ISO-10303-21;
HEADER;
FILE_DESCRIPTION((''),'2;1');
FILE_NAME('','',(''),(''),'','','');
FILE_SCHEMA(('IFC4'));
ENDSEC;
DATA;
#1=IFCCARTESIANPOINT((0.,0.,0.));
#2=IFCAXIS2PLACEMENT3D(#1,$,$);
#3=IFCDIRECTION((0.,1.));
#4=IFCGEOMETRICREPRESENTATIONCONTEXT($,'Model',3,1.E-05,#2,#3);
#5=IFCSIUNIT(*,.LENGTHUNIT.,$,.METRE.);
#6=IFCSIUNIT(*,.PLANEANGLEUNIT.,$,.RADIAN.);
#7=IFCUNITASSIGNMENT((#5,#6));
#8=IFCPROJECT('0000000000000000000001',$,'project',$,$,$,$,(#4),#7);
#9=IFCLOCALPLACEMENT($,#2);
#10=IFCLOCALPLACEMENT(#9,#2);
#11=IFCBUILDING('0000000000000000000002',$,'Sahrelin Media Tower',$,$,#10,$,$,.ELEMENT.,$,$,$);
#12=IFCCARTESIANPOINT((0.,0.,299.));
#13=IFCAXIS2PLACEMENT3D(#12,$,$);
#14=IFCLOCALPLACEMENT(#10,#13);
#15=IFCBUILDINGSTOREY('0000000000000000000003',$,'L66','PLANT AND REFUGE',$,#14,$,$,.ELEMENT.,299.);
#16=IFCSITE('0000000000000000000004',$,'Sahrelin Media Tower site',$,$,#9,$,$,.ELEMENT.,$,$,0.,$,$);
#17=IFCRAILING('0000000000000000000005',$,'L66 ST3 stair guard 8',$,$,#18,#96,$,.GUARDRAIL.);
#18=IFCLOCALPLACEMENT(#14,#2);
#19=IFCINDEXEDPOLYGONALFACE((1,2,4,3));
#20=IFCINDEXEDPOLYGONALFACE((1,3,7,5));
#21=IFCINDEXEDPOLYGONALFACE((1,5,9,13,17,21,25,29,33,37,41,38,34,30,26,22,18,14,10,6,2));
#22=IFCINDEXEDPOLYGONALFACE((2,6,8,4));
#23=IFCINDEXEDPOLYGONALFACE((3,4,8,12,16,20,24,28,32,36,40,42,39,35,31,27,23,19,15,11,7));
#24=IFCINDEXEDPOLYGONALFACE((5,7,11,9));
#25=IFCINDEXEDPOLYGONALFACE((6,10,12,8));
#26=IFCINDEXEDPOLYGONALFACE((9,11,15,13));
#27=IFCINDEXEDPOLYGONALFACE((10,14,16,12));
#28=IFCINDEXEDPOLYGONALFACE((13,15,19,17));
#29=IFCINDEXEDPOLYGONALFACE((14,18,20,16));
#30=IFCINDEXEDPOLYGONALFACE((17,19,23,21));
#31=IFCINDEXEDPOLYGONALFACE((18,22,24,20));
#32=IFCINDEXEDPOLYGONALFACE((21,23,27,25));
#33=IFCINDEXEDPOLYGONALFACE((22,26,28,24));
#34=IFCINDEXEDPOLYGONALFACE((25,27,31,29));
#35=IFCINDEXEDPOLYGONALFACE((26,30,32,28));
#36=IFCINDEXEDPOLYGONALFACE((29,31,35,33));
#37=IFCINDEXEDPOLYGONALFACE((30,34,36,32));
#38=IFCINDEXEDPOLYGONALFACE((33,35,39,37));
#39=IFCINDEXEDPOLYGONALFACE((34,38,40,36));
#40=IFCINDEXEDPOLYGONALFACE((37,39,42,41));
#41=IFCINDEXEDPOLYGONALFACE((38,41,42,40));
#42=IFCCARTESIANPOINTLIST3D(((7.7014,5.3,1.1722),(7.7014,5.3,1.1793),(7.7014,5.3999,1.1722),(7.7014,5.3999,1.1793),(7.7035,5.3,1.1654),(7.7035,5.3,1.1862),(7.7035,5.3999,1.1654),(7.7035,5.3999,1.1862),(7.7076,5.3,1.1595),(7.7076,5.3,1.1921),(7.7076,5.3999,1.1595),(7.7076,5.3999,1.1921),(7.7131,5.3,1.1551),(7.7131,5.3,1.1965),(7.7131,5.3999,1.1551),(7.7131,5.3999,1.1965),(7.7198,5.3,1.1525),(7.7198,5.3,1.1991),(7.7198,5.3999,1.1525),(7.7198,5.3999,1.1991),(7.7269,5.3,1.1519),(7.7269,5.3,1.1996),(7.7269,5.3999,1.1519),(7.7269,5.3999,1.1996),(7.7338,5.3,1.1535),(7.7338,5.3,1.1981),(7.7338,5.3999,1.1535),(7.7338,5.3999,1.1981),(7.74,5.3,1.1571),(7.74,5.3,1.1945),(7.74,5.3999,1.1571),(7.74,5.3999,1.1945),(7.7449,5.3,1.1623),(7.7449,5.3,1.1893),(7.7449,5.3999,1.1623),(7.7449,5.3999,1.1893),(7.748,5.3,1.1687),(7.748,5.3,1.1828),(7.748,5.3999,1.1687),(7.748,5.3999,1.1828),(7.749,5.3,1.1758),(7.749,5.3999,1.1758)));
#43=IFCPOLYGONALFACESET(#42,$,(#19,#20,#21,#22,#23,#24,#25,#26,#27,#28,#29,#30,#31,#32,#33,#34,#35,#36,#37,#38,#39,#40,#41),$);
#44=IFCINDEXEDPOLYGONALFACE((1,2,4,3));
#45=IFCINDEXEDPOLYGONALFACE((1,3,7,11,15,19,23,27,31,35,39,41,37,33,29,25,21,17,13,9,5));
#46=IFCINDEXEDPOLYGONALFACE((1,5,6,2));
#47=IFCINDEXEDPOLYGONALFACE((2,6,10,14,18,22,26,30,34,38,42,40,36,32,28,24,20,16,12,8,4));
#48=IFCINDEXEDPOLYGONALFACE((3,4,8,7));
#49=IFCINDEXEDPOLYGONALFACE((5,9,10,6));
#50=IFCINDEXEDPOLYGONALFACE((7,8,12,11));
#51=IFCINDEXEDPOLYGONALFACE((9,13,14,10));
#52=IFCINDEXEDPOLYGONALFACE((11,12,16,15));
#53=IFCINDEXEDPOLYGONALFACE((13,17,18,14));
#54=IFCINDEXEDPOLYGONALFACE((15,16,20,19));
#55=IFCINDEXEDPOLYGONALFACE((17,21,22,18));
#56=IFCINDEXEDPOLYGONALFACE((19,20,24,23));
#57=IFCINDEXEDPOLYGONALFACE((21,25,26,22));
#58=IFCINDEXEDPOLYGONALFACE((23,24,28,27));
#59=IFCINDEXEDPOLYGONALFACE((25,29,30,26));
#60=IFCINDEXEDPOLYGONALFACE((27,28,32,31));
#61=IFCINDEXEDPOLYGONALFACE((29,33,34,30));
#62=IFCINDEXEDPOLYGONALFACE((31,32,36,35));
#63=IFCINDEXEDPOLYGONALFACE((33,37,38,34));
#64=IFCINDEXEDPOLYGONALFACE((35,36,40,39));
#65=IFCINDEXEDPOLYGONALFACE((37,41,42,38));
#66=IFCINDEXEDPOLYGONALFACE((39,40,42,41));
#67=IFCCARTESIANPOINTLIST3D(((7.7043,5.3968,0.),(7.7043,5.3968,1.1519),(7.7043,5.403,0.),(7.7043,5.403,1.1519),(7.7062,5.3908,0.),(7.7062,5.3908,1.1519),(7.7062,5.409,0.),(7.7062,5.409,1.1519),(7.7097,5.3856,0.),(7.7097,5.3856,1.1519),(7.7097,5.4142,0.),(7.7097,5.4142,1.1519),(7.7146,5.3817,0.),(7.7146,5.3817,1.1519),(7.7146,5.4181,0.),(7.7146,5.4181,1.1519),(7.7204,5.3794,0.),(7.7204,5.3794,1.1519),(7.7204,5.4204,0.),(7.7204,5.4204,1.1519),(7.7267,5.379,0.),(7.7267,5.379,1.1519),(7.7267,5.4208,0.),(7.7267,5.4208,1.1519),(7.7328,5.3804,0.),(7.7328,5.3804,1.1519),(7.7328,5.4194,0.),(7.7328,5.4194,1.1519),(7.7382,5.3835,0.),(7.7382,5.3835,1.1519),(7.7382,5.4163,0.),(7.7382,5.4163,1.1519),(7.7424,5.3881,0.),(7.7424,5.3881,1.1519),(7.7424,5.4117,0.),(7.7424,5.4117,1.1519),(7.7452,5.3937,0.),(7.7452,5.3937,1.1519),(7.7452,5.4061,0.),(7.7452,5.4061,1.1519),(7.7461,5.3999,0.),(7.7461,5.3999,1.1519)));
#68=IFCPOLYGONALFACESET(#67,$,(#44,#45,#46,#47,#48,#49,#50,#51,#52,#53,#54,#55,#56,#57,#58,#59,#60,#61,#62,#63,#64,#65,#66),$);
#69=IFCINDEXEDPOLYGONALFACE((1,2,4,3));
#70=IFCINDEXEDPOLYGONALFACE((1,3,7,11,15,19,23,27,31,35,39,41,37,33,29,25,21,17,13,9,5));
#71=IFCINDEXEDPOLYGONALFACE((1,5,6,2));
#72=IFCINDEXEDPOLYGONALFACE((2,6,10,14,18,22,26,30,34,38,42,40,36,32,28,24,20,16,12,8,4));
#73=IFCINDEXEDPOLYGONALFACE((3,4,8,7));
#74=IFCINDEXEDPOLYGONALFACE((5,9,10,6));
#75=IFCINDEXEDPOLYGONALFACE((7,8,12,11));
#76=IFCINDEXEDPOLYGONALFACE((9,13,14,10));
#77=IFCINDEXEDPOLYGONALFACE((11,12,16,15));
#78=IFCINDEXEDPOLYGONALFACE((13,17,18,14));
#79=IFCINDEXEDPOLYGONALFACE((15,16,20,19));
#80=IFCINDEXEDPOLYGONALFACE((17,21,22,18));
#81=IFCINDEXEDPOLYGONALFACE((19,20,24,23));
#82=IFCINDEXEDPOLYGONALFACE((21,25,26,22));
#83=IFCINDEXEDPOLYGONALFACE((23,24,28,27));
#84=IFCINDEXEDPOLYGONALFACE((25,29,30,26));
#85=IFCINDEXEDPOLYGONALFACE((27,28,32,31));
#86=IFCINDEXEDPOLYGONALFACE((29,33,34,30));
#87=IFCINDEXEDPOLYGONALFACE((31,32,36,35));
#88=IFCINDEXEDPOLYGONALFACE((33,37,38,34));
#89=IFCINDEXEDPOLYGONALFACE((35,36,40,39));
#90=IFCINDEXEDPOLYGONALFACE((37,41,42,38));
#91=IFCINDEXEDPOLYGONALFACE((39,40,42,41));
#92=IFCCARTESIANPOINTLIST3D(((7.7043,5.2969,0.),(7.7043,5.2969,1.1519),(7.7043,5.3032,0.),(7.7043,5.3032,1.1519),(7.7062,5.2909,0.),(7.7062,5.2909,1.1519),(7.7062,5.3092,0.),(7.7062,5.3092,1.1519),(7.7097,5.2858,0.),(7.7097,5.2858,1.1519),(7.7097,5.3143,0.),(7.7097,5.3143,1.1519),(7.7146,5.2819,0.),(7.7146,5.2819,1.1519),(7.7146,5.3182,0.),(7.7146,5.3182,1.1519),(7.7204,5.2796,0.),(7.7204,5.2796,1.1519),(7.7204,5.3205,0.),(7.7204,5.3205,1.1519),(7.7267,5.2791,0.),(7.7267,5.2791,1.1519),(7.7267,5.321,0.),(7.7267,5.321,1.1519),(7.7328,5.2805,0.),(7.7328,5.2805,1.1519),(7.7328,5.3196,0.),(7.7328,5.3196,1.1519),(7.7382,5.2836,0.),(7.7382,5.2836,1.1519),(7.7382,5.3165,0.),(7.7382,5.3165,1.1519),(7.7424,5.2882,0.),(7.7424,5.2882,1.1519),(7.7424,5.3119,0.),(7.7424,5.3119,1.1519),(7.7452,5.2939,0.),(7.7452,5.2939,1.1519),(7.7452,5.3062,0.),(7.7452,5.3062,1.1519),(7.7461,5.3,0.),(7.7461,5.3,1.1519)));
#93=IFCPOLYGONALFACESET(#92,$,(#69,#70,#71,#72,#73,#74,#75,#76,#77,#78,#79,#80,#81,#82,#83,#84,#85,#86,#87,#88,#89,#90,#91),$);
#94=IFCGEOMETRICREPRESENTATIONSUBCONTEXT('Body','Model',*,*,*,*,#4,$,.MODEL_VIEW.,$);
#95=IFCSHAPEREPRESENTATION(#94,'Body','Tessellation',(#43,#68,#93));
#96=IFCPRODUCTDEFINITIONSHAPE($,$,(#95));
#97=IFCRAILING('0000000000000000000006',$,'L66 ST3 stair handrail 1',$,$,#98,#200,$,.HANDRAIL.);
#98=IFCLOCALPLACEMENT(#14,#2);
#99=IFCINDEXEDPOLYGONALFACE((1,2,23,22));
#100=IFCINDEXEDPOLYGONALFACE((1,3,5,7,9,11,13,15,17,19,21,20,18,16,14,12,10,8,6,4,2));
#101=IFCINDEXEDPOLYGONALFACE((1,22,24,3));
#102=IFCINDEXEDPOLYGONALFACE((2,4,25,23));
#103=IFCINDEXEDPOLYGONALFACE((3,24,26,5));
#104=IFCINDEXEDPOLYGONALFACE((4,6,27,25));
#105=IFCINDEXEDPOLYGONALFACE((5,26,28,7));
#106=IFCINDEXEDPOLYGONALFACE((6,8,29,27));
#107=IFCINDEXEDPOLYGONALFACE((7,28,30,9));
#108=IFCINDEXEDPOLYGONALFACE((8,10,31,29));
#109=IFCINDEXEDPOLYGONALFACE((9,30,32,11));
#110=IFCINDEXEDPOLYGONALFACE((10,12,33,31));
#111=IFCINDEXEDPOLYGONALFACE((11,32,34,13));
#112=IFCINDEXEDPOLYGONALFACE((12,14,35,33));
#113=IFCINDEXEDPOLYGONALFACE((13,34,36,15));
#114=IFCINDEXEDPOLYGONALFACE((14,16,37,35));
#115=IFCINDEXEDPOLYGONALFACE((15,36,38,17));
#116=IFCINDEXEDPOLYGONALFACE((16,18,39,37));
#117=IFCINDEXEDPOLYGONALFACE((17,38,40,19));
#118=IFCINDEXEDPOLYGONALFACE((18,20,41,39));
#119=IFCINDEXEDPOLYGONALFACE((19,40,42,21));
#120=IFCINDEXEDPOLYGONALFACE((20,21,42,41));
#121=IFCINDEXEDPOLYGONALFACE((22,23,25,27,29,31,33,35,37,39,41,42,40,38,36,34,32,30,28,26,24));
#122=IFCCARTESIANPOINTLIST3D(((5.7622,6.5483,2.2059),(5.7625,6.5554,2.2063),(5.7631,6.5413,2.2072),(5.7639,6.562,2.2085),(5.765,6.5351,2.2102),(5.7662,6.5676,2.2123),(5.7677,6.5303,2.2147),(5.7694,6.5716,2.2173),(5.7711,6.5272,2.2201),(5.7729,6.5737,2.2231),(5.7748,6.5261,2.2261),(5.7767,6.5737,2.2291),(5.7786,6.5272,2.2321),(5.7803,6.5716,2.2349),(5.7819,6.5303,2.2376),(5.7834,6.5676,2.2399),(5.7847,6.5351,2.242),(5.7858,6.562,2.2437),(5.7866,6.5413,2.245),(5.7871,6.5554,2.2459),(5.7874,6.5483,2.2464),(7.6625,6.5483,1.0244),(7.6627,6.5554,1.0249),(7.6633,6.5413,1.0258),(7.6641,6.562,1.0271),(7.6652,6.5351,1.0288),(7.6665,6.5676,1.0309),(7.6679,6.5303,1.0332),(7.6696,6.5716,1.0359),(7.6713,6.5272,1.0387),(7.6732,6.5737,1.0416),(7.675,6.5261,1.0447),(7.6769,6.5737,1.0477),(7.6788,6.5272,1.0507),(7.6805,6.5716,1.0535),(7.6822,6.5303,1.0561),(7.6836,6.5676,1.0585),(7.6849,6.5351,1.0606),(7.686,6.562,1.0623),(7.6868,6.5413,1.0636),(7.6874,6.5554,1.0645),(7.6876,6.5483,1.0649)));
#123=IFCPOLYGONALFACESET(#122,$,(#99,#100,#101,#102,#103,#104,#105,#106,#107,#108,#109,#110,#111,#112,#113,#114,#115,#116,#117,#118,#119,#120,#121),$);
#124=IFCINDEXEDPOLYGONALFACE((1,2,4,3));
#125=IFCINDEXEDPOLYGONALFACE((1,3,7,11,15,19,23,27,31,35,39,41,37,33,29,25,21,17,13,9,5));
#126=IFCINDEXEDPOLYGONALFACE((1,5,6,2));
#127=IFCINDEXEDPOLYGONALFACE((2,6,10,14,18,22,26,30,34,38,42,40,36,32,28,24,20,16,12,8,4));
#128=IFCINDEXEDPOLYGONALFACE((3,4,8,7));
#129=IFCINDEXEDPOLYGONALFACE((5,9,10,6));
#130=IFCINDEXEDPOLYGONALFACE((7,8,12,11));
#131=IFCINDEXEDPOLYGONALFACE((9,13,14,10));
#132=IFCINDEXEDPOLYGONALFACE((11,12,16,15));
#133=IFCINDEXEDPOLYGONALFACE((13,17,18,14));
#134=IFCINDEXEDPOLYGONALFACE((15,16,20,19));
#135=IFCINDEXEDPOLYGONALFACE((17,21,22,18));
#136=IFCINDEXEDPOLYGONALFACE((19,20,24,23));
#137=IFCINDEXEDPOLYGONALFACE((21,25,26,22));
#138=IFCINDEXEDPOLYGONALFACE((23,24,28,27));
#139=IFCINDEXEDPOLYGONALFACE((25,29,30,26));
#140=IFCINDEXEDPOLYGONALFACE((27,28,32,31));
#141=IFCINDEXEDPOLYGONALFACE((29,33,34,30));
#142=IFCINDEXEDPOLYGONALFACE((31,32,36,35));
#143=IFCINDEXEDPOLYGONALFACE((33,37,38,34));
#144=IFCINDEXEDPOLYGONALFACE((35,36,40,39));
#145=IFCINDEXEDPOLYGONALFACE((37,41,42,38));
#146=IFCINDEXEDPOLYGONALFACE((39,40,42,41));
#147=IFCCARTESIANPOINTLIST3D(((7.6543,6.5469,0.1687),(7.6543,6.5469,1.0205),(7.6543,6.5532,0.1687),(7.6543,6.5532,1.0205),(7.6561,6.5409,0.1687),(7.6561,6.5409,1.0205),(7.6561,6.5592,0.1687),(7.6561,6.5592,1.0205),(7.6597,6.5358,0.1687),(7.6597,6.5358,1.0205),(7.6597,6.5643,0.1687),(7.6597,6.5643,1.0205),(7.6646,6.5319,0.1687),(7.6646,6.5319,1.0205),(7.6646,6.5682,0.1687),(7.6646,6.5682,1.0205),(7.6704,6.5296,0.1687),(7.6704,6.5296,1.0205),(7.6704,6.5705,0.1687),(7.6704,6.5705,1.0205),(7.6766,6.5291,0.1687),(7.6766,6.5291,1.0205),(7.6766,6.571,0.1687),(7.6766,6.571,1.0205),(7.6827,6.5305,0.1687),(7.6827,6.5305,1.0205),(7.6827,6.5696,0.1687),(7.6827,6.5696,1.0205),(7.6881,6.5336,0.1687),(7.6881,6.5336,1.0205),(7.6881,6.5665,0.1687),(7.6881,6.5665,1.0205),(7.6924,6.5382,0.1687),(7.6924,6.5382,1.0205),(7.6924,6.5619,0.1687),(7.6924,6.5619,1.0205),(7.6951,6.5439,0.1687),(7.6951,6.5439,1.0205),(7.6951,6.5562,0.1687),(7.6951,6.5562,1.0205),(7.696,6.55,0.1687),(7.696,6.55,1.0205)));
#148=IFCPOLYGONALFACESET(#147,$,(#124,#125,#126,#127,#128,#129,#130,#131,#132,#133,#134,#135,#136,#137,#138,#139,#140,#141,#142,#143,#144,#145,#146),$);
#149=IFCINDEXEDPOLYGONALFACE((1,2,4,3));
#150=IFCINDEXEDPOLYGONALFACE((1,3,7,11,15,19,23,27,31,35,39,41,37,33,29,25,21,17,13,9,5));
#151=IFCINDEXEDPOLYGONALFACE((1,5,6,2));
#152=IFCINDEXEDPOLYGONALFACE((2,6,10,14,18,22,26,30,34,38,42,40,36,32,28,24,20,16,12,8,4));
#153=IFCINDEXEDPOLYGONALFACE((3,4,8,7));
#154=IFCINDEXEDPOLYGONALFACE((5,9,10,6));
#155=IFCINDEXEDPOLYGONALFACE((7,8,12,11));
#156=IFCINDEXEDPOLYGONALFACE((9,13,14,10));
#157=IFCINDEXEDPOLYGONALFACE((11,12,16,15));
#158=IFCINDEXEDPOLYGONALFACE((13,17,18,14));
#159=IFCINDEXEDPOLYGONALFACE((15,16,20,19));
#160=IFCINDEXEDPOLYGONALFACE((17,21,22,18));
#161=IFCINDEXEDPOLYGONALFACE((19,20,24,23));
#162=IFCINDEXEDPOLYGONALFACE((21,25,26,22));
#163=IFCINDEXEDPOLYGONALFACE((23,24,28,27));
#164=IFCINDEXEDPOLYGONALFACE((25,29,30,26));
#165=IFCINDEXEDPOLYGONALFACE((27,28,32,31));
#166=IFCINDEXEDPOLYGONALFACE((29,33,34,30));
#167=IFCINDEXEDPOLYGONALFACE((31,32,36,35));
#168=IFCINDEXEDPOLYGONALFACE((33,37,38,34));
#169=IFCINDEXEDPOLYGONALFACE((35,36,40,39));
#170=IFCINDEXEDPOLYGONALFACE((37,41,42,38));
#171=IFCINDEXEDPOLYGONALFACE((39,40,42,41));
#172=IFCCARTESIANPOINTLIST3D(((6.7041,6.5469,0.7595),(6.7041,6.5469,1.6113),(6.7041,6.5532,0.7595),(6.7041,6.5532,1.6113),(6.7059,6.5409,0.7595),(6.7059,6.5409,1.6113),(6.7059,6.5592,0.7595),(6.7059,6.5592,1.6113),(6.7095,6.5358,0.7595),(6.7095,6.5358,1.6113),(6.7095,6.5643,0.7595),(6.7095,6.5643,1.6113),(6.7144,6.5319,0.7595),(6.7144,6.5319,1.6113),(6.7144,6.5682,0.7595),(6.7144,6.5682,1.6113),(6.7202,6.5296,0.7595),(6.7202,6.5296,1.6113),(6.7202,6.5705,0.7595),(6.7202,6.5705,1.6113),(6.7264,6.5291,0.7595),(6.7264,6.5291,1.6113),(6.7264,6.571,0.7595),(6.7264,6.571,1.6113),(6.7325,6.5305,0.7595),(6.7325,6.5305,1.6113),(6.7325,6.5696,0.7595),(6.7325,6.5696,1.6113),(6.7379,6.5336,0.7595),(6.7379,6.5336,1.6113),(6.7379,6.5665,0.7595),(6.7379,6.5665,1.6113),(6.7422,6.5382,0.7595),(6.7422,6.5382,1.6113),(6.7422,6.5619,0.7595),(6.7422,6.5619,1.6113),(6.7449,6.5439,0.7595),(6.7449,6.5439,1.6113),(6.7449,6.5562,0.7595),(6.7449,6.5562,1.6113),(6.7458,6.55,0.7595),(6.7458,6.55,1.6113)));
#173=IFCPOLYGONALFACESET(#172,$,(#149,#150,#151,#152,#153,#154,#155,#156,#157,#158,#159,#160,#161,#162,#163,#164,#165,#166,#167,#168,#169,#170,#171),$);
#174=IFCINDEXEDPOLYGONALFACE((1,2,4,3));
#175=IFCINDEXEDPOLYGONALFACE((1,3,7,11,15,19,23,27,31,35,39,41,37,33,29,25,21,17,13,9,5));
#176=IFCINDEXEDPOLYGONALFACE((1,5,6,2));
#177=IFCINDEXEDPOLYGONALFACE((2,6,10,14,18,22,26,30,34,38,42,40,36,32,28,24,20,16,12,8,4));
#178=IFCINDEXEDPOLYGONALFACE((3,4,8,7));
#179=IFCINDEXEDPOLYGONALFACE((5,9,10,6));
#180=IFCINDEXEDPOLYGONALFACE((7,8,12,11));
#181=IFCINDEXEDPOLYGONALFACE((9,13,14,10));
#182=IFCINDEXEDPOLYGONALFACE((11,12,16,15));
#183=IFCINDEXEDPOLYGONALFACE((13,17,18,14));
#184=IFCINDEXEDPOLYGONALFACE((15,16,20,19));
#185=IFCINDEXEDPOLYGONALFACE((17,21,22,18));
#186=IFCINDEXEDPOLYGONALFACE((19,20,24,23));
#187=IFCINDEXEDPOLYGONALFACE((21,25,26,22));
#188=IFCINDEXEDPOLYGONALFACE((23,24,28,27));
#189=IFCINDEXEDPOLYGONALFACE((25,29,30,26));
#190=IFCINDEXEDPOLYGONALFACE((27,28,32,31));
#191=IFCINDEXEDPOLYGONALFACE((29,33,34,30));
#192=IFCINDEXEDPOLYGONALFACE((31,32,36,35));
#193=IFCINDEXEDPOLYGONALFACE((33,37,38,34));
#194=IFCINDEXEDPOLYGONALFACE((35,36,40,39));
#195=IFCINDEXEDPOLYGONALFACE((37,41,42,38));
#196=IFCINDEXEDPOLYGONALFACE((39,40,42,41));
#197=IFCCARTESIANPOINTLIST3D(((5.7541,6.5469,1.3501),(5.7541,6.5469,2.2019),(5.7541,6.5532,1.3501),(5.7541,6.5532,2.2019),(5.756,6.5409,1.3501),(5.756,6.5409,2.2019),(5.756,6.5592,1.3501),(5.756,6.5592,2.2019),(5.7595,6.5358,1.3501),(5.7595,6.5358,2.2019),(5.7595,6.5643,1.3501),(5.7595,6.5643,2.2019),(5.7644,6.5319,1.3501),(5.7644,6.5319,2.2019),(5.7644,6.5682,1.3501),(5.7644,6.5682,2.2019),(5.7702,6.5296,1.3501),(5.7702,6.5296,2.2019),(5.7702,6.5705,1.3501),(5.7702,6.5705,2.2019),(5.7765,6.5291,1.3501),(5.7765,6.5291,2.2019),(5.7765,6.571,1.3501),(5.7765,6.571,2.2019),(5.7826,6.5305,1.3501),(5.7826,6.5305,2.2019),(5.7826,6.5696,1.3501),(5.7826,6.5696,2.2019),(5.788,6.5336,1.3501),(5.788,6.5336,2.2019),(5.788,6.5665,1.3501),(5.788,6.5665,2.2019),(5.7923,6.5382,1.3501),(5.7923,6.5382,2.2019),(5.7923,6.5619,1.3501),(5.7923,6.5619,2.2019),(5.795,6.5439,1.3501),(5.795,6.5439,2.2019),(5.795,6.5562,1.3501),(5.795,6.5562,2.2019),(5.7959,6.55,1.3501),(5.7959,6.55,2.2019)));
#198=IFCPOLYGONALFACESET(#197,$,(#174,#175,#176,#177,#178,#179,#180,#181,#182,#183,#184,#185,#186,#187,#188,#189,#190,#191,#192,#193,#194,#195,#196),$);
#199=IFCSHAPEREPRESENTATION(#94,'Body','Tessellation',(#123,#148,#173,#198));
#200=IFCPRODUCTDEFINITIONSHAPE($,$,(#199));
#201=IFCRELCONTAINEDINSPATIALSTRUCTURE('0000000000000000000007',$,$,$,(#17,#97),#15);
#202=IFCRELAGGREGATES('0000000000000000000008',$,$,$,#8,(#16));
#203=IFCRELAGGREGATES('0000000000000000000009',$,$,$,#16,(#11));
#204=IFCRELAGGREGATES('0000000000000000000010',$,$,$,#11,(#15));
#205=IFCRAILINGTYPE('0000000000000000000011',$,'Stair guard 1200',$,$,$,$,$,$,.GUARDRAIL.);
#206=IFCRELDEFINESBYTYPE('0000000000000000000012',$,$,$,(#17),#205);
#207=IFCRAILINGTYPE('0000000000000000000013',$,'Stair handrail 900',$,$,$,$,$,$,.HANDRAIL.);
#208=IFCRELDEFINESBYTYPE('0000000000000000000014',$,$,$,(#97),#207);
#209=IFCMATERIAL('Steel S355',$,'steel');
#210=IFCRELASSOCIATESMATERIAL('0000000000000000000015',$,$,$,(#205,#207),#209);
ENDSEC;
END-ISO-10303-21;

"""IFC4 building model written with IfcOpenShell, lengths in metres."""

from ifc_helpers import new_model, si_unit, direction, frame, origin, origin_2d, place, context, subcontext, project, spatial, circle, extrude, material, type_object, element, save


model = new_model("IFC4")

# Units and contexts
model_context = context("Model", 3, precision=1e-05, world=origin(), true_north=direction((0.0, 1.0)))
body_context = subcontext(model_context, "Body", "Model", "MODEL_VIEW")
ifc_project = project(units=[si_unit("LENGTHUNIT", "METRE"), si_unit("PLANEANGLEUNIT", "RADIAN")], contexts=[model_context])

# Site, building, storey
site_placement = place(None, origin())
site = spatial("IfcSite", under=ifc_project, at=site_placement, Name="Sahrelin Media Tower site", CompositionType="ELEMENT", RefElevation=0.0)
building_placement = place(site_placement, origin())
building = spatial("IfcBuilding", under=site, at=building_placement, Name="Sahrelin Media Tower", CompositionType="ELEMENT")
storey_placement = place(building_placement, frame((0.0, 0.0, 299.0)))
storey = spatial("IfcBuildingStorey", under=building, at=storey_placement, Name="L66", Description="PLANT AND REFUGE", CompositionType="ELEMENT", Elevation=299.0)

# Railings
ifc_material_1 = material(Name="Steel S355", Category="steel")
railing_type_1 = type_object("IfcRailingType", Name="Stair guard 1200", PredefinedType="GUARDRAIL", material=ifc_material_1)
railing_1_placement = place(storey_placement, frame((7.7251, 5.3999, 0.0)))
element("IfcRailing", 1, at=railing_1_placement, inside=storey, type_object=railing_type_1, Name="L66 ST3 stair guard 8", PredefinedType="GUARDRAIL", context=body_context, shape_type="SweptSolid", body=[
    extrude(circle(Radius=0.0239, at=origin_2d()), frame((0.0, 0.0, 1.1758), z_axis=(0.0, -1.0, 0.0), x_axis=(1.0, 0.0, 0.0)), (0.0, 0.0, 1.0), 0.0999),
    extrude(circle(Radius=0.021, at=origin_2d()), origin(), (0.0, 0.0, 1.0), 1.1519),
    extrude(circle(Radius=0.021, at=origin_2d()), frame((0.0, -0.0999, 0.0)), (0.0, 0.0, 1.0), 1.1519),
])
railing_type_2 = type_object("IfcRailingType", Name="Stair handrail 900", PredefinedType="HANDRAIL", material=ifc_material_1)
railing_2_placement = place(storey_placement, frame((7.675, 6.55, 0.1687)))
element("IfcRailing", 2, at=railing_2_placement, inside=storey, type_object=railing_type_2, Name="L66 ST3 stair handrail 1", PredefinedType="HANDRAIL", context=body_context, shape_type="SweptSolid", body=[
    extrude(circle(Radius=0.0239, at=origin_2d()), frame((0.0, 0.0, 0.876), z_axis=(-0.84924, 0.0, 0.528006), x_axis=(0.0, -1.0, 0.0)), (0.0, 0.0, 1.0), 2.2375),
    extrude(circle(Radius=0.021, at=origin_2d()), origin(), (0.0, 0.0, 1.0), 0.8518),
    extrude(circle(Radius=0.021, at=origin_2d()), frame((-0.9502, 0.0, 0.5908)), (0.0, 0.0, 1.0), 0.8518),
    extrude(circle(Radius=0.021, at=origin_2d()), frame((-1.9001, 0.0, 1.1814)), (0.0, 0.0, 1.0), 0.8518),
])

save(model, "model.ifc")
